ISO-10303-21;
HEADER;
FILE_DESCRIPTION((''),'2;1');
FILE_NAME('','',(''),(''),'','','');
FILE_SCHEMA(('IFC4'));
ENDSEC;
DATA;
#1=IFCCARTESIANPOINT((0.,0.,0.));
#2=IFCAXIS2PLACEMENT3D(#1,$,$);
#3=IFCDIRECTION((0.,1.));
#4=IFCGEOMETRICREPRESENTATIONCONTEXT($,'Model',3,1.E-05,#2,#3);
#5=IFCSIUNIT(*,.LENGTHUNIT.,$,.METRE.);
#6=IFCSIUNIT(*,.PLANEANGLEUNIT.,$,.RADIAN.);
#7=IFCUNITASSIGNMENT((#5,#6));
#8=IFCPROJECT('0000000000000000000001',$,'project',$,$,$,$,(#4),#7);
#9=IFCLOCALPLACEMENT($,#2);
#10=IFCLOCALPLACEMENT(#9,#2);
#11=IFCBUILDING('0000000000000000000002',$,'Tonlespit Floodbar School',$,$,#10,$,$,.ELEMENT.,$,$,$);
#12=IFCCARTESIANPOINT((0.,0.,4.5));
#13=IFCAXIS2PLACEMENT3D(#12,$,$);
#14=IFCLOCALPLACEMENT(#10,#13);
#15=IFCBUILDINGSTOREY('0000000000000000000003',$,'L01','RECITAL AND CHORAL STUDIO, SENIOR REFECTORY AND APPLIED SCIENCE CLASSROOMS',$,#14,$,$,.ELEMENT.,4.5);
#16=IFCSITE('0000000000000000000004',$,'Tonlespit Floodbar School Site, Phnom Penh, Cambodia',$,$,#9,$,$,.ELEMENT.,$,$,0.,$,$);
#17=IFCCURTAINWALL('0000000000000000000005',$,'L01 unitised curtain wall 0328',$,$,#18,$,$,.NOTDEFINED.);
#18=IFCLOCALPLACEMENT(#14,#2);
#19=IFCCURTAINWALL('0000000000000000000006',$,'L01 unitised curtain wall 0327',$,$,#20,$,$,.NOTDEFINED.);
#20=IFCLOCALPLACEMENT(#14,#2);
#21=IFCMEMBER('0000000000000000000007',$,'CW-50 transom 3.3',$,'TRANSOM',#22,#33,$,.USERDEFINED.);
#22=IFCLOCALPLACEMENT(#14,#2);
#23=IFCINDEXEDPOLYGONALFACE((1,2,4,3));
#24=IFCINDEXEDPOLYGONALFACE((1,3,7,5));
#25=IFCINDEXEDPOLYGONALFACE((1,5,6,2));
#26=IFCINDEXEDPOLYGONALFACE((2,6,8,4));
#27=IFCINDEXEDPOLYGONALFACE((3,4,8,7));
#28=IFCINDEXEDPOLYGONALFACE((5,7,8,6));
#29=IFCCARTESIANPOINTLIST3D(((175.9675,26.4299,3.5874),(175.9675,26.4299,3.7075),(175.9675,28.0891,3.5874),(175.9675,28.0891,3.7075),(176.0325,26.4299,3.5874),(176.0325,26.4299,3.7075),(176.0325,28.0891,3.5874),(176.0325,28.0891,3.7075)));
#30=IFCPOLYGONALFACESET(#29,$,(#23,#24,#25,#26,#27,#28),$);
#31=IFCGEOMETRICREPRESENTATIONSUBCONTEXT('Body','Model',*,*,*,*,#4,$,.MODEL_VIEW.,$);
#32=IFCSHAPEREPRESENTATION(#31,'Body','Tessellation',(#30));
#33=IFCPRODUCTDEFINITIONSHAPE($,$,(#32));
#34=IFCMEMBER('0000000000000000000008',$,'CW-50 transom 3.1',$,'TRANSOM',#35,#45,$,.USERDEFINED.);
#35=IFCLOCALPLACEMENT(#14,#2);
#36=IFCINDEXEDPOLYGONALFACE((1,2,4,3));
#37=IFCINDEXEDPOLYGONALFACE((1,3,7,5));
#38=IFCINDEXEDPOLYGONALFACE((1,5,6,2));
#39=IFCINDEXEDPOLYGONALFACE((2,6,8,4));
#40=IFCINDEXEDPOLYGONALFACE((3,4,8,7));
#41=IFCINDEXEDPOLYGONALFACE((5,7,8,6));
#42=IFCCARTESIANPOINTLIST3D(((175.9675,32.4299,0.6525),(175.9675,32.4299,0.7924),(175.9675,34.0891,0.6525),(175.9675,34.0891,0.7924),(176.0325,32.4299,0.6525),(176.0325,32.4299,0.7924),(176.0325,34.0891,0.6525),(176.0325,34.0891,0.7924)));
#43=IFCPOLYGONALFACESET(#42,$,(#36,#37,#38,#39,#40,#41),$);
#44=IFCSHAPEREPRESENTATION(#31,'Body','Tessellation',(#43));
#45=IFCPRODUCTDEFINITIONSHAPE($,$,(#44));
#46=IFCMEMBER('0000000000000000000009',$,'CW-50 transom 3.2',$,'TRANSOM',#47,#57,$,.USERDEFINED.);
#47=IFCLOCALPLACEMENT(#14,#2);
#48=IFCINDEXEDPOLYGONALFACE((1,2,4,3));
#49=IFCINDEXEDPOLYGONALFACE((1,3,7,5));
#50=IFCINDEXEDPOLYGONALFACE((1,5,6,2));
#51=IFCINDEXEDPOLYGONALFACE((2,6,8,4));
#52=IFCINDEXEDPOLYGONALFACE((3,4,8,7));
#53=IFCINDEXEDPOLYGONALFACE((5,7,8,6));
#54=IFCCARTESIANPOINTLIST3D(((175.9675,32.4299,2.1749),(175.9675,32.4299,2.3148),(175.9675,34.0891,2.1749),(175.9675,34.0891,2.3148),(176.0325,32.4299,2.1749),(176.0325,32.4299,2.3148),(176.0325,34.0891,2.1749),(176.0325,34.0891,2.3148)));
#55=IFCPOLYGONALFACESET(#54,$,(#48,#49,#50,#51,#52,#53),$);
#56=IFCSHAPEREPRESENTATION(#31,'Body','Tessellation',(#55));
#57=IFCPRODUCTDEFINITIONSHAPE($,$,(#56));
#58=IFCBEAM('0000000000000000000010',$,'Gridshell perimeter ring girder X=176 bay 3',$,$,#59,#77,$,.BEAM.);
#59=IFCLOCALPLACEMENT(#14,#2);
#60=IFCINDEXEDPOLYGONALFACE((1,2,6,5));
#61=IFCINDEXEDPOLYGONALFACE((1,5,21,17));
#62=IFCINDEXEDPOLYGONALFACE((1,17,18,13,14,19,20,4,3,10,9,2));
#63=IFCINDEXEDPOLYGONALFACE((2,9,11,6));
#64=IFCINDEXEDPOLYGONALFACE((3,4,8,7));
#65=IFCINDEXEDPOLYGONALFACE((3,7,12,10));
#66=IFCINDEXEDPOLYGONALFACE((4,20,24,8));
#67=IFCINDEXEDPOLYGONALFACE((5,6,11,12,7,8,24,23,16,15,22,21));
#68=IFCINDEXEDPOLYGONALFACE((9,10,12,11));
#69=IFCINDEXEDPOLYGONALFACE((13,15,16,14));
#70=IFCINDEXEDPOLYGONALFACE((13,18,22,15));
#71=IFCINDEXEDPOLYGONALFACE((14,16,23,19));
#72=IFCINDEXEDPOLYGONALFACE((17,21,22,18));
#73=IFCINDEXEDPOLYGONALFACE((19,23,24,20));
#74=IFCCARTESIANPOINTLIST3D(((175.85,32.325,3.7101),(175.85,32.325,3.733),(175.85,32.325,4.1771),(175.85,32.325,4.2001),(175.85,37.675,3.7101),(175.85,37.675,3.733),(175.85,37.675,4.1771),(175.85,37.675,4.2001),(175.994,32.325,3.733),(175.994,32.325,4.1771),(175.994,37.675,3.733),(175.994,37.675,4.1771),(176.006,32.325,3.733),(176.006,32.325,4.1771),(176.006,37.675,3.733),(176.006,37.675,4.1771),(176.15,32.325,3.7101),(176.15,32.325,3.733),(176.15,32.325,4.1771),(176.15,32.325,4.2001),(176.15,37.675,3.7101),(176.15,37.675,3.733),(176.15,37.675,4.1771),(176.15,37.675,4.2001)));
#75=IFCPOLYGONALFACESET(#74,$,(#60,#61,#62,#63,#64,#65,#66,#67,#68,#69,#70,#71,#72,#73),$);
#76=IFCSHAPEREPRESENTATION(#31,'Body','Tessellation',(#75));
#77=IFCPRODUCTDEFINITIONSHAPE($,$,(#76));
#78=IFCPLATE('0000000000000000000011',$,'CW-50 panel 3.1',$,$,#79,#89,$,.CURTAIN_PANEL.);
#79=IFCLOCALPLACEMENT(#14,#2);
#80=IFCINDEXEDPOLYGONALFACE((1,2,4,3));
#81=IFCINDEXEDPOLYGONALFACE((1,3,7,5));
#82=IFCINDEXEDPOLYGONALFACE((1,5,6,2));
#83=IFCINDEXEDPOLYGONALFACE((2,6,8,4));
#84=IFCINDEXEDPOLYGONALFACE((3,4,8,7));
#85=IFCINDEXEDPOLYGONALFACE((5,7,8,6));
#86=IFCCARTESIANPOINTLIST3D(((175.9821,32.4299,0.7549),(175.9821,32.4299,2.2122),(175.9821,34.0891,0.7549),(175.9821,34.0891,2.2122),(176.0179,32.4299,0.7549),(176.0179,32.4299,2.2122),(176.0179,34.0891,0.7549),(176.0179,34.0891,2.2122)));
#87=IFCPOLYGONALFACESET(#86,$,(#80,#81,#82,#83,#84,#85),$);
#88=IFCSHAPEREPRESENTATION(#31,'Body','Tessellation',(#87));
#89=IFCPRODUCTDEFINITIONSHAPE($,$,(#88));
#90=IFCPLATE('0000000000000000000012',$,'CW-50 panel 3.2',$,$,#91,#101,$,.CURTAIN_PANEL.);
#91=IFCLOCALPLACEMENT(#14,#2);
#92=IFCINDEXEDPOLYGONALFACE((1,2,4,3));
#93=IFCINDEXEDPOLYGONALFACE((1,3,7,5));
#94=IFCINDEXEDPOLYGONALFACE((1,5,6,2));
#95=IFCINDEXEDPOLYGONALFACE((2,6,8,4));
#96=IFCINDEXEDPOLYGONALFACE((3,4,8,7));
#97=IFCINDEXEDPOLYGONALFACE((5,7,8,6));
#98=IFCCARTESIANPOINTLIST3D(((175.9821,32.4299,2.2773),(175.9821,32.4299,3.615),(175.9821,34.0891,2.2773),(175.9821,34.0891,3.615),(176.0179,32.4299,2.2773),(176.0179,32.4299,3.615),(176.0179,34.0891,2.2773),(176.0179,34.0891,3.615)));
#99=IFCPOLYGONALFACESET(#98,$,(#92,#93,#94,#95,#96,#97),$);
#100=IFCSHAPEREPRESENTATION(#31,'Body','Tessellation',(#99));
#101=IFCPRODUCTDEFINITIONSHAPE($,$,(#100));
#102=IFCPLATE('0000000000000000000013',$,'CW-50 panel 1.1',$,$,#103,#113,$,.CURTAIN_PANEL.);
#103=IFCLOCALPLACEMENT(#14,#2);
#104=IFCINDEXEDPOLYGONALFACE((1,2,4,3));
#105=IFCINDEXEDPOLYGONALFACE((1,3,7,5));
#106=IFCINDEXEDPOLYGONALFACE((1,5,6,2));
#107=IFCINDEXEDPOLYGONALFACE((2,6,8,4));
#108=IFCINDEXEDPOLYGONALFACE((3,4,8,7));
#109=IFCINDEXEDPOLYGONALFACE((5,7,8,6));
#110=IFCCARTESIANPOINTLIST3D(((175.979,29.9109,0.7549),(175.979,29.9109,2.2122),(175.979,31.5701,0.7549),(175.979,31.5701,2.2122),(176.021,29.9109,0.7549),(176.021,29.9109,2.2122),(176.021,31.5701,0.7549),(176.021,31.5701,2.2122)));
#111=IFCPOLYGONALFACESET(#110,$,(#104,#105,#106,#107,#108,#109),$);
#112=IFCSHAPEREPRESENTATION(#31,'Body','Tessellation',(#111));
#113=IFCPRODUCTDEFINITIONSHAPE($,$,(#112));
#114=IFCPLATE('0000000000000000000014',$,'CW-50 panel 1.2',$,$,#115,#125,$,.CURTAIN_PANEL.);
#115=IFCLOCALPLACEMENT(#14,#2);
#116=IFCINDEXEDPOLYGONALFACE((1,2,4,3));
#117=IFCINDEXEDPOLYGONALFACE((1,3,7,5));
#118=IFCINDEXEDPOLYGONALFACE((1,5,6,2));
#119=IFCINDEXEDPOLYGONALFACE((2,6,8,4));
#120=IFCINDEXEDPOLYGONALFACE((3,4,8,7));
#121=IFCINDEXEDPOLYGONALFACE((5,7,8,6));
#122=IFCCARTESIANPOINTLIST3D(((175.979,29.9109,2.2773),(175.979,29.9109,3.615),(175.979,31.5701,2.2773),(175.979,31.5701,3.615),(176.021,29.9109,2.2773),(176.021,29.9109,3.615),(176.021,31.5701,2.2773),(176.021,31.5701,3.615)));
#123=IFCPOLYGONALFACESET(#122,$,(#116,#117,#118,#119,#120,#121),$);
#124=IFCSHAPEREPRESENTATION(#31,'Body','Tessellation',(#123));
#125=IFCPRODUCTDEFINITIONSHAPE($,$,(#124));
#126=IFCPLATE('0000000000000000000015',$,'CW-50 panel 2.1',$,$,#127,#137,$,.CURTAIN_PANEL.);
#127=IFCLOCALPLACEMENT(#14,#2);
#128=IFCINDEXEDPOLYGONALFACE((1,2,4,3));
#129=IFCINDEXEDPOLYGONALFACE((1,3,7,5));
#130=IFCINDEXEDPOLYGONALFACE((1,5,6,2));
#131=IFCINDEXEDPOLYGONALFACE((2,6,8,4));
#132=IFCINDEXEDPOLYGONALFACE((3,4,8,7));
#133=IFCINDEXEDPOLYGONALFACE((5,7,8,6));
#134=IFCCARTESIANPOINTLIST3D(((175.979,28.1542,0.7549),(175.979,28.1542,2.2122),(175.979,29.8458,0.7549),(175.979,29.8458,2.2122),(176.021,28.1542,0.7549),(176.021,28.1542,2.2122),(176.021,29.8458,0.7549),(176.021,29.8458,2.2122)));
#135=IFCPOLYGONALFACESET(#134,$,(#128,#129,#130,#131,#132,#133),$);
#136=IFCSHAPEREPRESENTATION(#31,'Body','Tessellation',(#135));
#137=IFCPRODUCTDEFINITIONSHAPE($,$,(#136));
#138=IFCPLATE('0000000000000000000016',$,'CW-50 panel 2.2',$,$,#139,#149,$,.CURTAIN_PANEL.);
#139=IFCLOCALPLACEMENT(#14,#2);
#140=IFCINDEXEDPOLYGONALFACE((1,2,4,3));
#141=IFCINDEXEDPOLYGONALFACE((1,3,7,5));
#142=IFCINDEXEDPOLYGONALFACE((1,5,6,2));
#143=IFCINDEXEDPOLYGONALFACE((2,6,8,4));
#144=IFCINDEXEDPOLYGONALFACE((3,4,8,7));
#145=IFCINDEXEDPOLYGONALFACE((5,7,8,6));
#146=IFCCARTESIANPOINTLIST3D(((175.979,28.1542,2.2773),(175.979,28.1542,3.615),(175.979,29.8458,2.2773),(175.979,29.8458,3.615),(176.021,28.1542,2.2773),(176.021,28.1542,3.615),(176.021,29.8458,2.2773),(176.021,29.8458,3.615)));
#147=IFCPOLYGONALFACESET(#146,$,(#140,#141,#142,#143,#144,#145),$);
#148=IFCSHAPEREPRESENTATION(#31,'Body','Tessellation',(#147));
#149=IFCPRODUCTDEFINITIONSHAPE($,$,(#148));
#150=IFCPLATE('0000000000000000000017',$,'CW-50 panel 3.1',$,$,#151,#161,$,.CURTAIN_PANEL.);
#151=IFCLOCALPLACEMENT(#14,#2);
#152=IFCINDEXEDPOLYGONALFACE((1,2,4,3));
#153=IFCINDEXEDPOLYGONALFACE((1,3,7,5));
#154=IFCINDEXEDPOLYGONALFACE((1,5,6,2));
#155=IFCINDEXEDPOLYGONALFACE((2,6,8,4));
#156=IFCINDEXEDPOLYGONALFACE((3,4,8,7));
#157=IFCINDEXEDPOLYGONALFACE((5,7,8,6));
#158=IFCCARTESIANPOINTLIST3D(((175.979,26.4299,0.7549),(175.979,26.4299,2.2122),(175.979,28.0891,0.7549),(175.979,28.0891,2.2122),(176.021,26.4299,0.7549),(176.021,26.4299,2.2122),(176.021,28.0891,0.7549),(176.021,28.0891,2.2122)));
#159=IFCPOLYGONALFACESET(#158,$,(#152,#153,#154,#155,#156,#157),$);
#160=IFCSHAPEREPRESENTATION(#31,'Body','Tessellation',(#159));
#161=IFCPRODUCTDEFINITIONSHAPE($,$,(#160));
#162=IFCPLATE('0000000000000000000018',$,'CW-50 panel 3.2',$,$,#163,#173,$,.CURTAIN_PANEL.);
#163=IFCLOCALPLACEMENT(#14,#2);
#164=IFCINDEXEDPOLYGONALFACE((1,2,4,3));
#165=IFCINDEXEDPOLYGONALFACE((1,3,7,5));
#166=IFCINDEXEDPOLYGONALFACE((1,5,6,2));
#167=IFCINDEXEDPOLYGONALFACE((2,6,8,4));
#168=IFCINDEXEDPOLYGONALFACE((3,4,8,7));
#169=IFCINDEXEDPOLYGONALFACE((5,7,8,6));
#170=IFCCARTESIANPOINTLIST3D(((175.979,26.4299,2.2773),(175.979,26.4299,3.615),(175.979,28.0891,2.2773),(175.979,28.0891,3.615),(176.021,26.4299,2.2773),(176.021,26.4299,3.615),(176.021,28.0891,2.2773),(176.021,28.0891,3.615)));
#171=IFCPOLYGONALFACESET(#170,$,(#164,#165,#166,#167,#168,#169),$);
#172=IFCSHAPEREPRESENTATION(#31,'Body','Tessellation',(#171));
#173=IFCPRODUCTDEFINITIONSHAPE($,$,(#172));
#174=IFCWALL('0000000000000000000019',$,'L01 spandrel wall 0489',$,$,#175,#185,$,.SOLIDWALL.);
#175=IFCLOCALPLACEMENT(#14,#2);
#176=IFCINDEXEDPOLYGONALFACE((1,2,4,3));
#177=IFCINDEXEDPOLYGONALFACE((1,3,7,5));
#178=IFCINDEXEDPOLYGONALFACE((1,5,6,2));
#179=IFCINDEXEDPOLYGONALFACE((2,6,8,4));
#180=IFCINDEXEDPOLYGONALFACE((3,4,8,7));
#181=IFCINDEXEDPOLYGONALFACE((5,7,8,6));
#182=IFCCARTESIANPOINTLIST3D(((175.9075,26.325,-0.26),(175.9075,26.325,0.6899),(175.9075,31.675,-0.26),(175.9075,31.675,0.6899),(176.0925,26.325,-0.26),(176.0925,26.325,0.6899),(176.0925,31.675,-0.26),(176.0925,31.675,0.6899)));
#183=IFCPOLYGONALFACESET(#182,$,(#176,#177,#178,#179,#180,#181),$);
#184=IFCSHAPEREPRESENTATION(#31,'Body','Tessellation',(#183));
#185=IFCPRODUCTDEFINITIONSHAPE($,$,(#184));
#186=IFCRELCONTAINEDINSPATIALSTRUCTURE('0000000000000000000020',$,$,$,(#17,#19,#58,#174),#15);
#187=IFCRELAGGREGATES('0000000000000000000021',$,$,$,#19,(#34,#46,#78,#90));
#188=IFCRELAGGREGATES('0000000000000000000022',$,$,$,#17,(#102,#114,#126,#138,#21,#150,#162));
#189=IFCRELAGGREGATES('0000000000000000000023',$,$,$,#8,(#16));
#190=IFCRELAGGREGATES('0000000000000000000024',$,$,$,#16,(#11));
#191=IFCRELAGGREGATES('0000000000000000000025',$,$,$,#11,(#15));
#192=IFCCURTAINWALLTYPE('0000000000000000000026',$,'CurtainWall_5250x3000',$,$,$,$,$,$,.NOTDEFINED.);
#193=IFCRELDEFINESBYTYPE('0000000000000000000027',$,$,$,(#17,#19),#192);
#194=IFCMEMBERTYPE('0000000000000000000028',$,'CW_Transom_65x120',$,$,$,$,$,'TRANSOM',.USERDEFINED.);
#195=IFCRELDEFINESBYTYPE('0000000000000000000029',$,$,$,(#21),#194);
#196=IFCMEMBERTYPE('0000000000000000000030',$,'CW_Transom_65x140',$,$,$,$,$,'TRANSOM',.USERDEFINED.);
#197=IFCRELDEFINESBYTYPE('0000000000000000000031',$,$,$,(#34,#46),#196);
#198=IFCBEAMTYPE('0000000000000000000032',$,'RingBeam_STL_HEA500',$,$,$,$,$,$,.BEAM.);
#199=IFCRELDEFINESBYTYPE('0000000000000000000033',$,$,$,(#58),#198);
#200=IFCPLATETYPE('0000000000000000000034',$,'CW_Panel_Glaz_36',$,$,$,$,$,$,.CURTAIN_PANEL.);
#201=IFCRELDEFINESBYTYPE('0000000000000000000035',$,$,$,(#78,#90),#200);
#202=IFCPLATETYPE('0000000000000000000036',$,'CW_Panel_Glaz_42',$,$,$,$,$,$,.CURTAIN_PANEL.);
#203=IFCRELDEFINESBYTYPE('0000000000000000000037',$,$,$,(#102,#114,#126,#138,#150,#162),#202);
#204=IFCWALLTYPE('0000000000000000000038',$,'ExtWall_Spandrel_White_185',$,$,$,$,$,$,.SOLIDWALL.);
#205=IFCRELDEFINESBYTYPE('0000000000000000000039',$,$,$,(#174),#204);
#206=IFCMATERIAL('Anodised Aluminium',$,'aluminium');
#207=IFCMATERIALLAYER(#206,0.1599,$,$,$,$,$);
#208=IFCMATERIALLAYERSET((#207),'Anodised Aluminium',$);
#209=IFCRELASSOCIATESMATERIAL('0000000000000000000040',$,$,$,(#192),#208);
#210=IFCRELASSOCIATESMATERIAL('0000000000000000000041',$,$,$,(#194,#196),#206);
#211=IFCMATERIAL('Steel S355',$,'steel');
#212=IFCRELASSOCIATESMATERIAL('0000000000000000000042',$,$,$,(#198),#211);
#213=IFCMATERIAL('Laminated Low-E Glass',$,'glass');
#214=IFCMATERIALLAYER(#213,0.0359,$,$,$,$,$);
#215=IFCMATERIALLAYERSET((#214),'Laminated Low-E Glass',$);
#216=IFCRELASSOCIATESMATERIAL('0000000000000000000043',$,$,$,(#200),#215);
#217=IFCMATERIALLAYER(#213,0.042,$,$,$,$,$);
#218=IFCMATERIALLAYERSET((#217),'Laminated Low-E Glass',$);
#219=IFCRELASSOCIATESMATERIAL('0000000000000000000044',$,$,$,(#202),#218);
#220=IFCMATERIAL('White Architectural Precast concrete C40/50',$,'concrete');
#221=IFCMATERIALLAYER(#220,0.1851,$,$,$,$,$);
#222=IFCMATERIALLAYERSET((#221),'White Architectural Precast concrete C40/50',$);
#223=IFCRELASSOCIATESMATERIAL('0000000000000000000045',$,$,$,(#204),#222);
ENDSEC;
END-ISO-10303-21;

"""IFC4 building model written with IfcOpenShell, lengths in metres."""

from ifc_helpers import new_model, si_unit, direction, frame, frame_2d, origin, origin_2d, place, context, subcontext, project, spatial, rectangle, i_section, extrude, material, layer, layer_set, material_profile, profile_set, type_object, element, aggregate, save


model = new_model("IFC4")

# Units and contexts
model_context = context("Model", 3, precision=1e-05, world=origin(), true_north=direction((0.0, 1.0)))
body_context = subcontext(model_context, "Body", "Model", "MODEL_VIEW")
ifc_project = project(units=[si_unit("LENGTHUNIT", "METRE"), si_unit("PLANEANGLEUNIT", "RADIAN")], contexts=[model_context])

# Site, building, storey
site_placement = place(None, origin())
site = spatial("IfcSite", under=ifc_project, at=site_placement, Name="Tonlespit Floodbar School Site, Phnom Penh, Cambodia", CompositionType="ELEMENT", RefElevation=0.0)
building_placement = place(site_placement, origin())
building = spatial("IfcBuilding", under=site, at=building_placement, Name="Tonlespit Floodbar School", CompositionType="ELEMENT")
storey_placement = place(building_placement, frame((0.0, 0.0, 4.5)))
storey = spatial("IfcBuildingStorey", under=building, at=storey_placement, Name="L01", Description="RECITAL AND CHORAL STUDIO, SENIOR REFECTORY AND APPLIED SCIENCE CLASSROOMS", CompositionType="ELEMENT", Elevation=4.5)

# Curtain wall
ifc_material_1 = material(Name="Anodised Aluminium", Category="aluminium")
ifc_layer_1 = layer(ifc_material_1, 0.1599)
ifc_layer_set_1 = layer_set([ifc_layer_1], Name="Anodised Aluminium")
curtain_wall_type = type_object("IfcCurtainWallType", Name="CurtainWall_5250x3000", PredefinedType="NOTDEFINED", material=ifc_layer_set_1)
curtain_wall_1_placement = place(storey_placement, origin())
curtain_wall_1 = element("IfcCurtainWall", 1, at=curtain_wall_1_placement, inside=storey, type_object=curtain_wall_type, Name="L01 unitised curtain wall 0328", PredefinedType="NOTDEFINED")

# Curtain wall
curtain_wall_2_placement = place(storey_placement, origin())
curtain_wall_2 = element("IfcCurtainWall", 2, at=curtain_wall_2_placement, inside=storey, type_object=curtain_wall_type, Name="L01 unitised curtain wall 0327", PredefinedType="NOTDEFINED")

# Members
ifc_material_profile_1 = material_profile(ifc_material_1, rectangle(XDim=0.0649, YDim=0.1201, at=origin_2d()), Name="ALU T65x120")
ifc_profile_set_1 = profile_set([ifc_material_profile_1], Name="Anodised Aluminium")
member_type_1 = type_object("IfcMemberType", Name="CW_Transom_65x120", ElementType="TRANSOM", PredefinedType="USERDEFINED", material=ifc_profile_set_1)
member_1_placement = place(storey_placement, frame((176.0, 28.0891, 3.6475), z_axis=(0.0, -1.0, 0.0), x_axis=(1.0, 0.0, 0.0)))
member_1 = element("IfcMember", 3, at=member_1_placement, type_object=member_type_1, Name="CW-50 transom 3.3", ObjectType="TRANSOM", PredefinedType="USERDEFINED", context=body_context, shape_type="SweptSolid", body=[
    extrude(rectangle(XDim=0.0649, YDim=0.1201, at=origin_2d()), origin(), (0.0, 0.0, 1.0), 1.6592),
])
ifc_material_profile_2 = material_profile(ifc_material_1, rectangle(XDim=0.0649, YDim=0.1399, at=origin_2d()), Name="ALU T65x140")
ifc_profile_set_2 = profile_set([ifc_material_profile_2], Name="Anodised Aluminium")
member_type_2 = type_object("IfcMemberType", Name="CW_Transom_65x140", ElementType="TRANSOM", PredefinedType="USERDEFINED", material=ifc_profile_set_2)
member_2_placement = place(storey_placement, frame((176.0, 34.0891, 0.7224), z_axis=(0.0, -1.0, 0.0), x_axis=(1.0, 0.0, 0.0)))
member_2 = element("IfcMember", 4, at=member_2_placement, type_object=member_type_2, Name="CW-50 transom 3.1", ObjectType="TRANSOM", PredefinedType="USERDEFINED", context=body_context, shape_type="SweptSolid", body=[
    extrude(rectangle(XDim=0.0649, YDim=0.1399, at=origin_2d()), origin(), (0.0, 0.0, 1.0), 1.6592),
])
member_3_placement = place(storey_placement, frame((176.0, 34.0891, 2.2449), z_axis=(0.0, -1.0, 0.0), x_axis=(1.0, 0.0, 0.0)))
member_3 = element("IfcMember", 5, at=member_3_placement, type_object=member_type_2, Name="CW-50 transom 3.2", ObjectType="TRANSOM", PredefinedType="USERDEFINED", context=body_context, shape_type="SweptSolid", body=[
    extrude(rectangle(XDim=0.0649, YDim=0.1399, at=origin_2d()), origin(), (0.0, 0.0, 1.0), 1.6592),
])

# Beam
ifc_material_2 = material(Name="Steel S355", Category="steel")
ifc_material_profile_3 = material_profile(ifc_material_2, i_section(OverallWidth=0.3, OverallDepth=0.49, WebThickness=0.012, FlangeThickness=0.0229, at=origin_2d()), Name="HEA 500")
ifc_profile_set_3 = profile_set([ifc_material_profile_3], Name="Steel S355")
beam_type = type_object("IfcBeamType", Name="RingBeam_STL_HEA500", PredefinedType="BEAM", material=ifc_profile_set_3)
beam_placement = place(storey_placement, frame((176.0, 32.325, 3.9551), z_axis=(0.0, 1.0, 0.0), x_axis=(-1.0, 0.0, 0.0)))
element("IfcBeam", 6, at=beam_placement, inside=storey, type_object=beam_type, Name="Gridshell perimeter ring girder X=176 bay 3", PredefinedType="BEAM", context=body_context, shape_type="SweptSolid", body=[
    extrude(i_section(OverallWidth=0.3, OverallDepth=0.49, WebThickness=0.012, FlangeThickness=0.0229, at=origin_2d()), origin(), (0.0, 0.0, 1.0), 5.3501),
])

# Plates
ifc_material_3 = material(Name="Laminated Low-E Glass", Category="glass")
ifc_layer_2 = layer(ifc_material_3, 0.0359)
ifc_layer_set_2 = layer_set([ifc_layer_2], Name="Laminated Low-E Glass")
plate_type_1 = type_object("IfcPlateType", Name="CW_Panel_Glaz_36", PredefinedType="CURTAIN_PANEL", material=ifc_layer_set_2)
plate_1_placement = place(storey_placement, frame((176.0, 33.2595, 0.7549), z_axis=(0.0, 0.0, 1.0), x_axis=(0.0, -1.0, 0.0)))
plate_1 = element("IfcPlate", 7, at=plate_1_placement, type_object=plate_type_1, Name="CW-50 panel 3.1", PredefinedType="CURTAIN_PANEL", context=body_context, shape_type="SweptSolid", body=[
    extrude(rectangle(XDim=1.6592, YDim=0.0359, at=origin_2d()), origin(), (0.0, 0.0, 1.0), 1.4573),
])
plate_2_placement = place(storey_placement, frame((176.0, 33.2595, 2.2773), z_axis=(0.0, 0.0, 1.0), x_axis=(0.0, -1.0, 0.0)))
plate_2 = element("IfcPlate", 8, at=plate_2_placement, type_object=plate_type_1, Name="CW-50 panel 3.2", PredefinedType="CURTAIN_PANEL", context=body_context, shape_type="SweptSolid", body=[
    extrude(rectangle(XDim=1.6592, YDim=0.0359, at=origin_2d()), origin(), (0.0, 0.0, 1.0), 1.3376),
])
aggregate(curtain_wall_2, [member_2, member_3, plate_1, plate_2])
ifc_layer_3 = layer(ifc_material_3, 0.042)
ifc_layer_set_3 = layer_set([ifc_layer_3], Name="Laminated Low-E Glass")
plate_type_2 = type_object("IfcPlateType", Name="CW_Panel_Glaz_42", PredefinedType="CURTAIN_PANEL", material=ifc_layer_set_3)
plate_3_placement = place(storey_placement, frame((176.0, 30.7405, 0.7549), z_axis=(0.0, 0.0, 1.0), x_axis=(0.0, -1.0, 0.0)))
plate_3 = element("IfcPlate", 9, at=plate_3_placement, type_object=plate_type_2, Name="CW-50 panel 1.1", PredefinedType="CURTAIN_PANEL", context=body_context, shape_type="SweptSolid", body=[
    extrude(rectangle(XDim=1.6592, YDim=0.042, at=origin_2d()), origin(), (0.0, 0.0, 1.0), 1.4573),
])
plate_4_placement = place(storey_placement, frame((176.0, 30.7405, 2.2773), z_axis=(0.0, 0.0, 1.0), x_axis=(0.0, -1.0, 0.0)))
plate_4 = element("IfcPlate", 10, at=plate_4_placement, type_object=plate_type_2, Name="CW-50 panel 1.2", PredefinedType="CURTAIN_PANEL", context=body_context, shape_type="SweptSolid", body=[
    extrude(rectangle(XDim=1.6592, YDim=0.042, at=origin_2d()), origin(), (0.0, 0.0, 1.0), 1.3376),
])
plate_5_placement = place(storey_placement, frame((176.0, 29.0, 0.7549), z_axis=(0.0, 0.0, 1.0), x_axis=(0.0, -1.0, 0.0)))
plate_5 = element("IfcPlate", 11, at=plate_5_placement, type_object=plate_type_2, Name="CW-50 panel 2.1", PredefinedType="CURTAIN_PANEL", context=body_context, shape_type="SweptSolid", body=[
    extrude(rectangle(XDim=1.6917, YDim=0.042, at=origin_2d()), origin(), (0.0, 0.0, 1.0), 1.4573),
])
plate_6_placement = place(storey_placement, frame((176.0, 29.0, 2.2773), z_axis=(0.0, 0.0, 1.0), x_axis=(0.0, -1.0, 0.0)))
plate_6 = element("IfcPlate", 12, at=plate_6_placement, type_object=plate_type_2, Name="CW-50 panel 2.2", PredefinedType="CURTAIN_PANEL", context=body_context, shape_type="SweptSolid", body=[
    extrude(rectangle(XDim=1.6917, YDim=0.042, at=origin_2d()), origin(), (0.0, 0.0, 1.0), 1.3376),
])
plate_7_placement = place(storey_placement, frame((176.0, 27.2595, 0.7549), z_axis=(0.0, 0.0, 1.0), x_axis=(0.0, -1.0, 0.0)))
plate_7 = element("IfcPlate", 13, at=plate_7_placement, type_object=plate_type_2, Name="CW-50 panel 3.1", PredefinedType="CURTAIN_PANEL", context=body_context, shape_type="SweptSolid", body=[
    extrude(rectangle(XDim=1.6592, YDim=0.042, at=origin_2d()), origin(), (0.0, 0.0, 1.0), 1.4573),
])
plate_8_placement = place(storey_placement, frame((176.0, 27.2595, 2.2773), z_axis=(0.0, 0.0, 1.0), x_axis=(0.0, -1.0, 0.0)))
plate_8 = element("IfcPlate", 14, at=plate_8_placement, type_object=plate_type_2, Name="CW-50 panel 3.2", PredefinedType="CURTAIN_PANEL", context=body_context, shape_type="SweptSolid", body=[
    extrude(rectangle(XDim=1.6592, YDim=0.042, at=origin_2d()), origin(), (0.0, 0.0, 1.0), 1.3376),
])
aggregate(curtain_wall_1, [plate_3, plate_4, plate_5, plate_6, member_1, plate_7, plate_8])

# Wall
ifc_material_4 = material(Name="White Architectural Precast concrete C40/50", Category="concrete")
ifc_layer_4 = layer(ifc_material_4, 0.1851)
ifc_layer_set_4 = layer_set([ifc_layer_4], Name="White Architectural Precast concrete C40/50")
wall_type = type_object("IfcWallType", Name="ExtWall_Spandrel_White_185", PredefinedType="SOLIDWALL", material=ifc_layer_set_4)
wall_placement = place(storey_placement, frame((176.0, 31.675, -0.26), z_axis=(0.0, 0.0, 1.0), x_axis=(0.0, -1.0, 0.0)))
element("IfcWall", 15, at=wall_placement, inside=storey, type_object=wall_type, Name="L01 spandrel wall 0489", PredefinedType="SOLIDWALL", context=body_context, shape_type="SweptSolid", body=[
    extrude(rectangle(XDim=5.3501, YDim=0.1851, at=frame_2d((2.675, 0.0))), origin(), (0.0, 0.0, 1.0), 0.95),
])

save(model, "model.ifc")
